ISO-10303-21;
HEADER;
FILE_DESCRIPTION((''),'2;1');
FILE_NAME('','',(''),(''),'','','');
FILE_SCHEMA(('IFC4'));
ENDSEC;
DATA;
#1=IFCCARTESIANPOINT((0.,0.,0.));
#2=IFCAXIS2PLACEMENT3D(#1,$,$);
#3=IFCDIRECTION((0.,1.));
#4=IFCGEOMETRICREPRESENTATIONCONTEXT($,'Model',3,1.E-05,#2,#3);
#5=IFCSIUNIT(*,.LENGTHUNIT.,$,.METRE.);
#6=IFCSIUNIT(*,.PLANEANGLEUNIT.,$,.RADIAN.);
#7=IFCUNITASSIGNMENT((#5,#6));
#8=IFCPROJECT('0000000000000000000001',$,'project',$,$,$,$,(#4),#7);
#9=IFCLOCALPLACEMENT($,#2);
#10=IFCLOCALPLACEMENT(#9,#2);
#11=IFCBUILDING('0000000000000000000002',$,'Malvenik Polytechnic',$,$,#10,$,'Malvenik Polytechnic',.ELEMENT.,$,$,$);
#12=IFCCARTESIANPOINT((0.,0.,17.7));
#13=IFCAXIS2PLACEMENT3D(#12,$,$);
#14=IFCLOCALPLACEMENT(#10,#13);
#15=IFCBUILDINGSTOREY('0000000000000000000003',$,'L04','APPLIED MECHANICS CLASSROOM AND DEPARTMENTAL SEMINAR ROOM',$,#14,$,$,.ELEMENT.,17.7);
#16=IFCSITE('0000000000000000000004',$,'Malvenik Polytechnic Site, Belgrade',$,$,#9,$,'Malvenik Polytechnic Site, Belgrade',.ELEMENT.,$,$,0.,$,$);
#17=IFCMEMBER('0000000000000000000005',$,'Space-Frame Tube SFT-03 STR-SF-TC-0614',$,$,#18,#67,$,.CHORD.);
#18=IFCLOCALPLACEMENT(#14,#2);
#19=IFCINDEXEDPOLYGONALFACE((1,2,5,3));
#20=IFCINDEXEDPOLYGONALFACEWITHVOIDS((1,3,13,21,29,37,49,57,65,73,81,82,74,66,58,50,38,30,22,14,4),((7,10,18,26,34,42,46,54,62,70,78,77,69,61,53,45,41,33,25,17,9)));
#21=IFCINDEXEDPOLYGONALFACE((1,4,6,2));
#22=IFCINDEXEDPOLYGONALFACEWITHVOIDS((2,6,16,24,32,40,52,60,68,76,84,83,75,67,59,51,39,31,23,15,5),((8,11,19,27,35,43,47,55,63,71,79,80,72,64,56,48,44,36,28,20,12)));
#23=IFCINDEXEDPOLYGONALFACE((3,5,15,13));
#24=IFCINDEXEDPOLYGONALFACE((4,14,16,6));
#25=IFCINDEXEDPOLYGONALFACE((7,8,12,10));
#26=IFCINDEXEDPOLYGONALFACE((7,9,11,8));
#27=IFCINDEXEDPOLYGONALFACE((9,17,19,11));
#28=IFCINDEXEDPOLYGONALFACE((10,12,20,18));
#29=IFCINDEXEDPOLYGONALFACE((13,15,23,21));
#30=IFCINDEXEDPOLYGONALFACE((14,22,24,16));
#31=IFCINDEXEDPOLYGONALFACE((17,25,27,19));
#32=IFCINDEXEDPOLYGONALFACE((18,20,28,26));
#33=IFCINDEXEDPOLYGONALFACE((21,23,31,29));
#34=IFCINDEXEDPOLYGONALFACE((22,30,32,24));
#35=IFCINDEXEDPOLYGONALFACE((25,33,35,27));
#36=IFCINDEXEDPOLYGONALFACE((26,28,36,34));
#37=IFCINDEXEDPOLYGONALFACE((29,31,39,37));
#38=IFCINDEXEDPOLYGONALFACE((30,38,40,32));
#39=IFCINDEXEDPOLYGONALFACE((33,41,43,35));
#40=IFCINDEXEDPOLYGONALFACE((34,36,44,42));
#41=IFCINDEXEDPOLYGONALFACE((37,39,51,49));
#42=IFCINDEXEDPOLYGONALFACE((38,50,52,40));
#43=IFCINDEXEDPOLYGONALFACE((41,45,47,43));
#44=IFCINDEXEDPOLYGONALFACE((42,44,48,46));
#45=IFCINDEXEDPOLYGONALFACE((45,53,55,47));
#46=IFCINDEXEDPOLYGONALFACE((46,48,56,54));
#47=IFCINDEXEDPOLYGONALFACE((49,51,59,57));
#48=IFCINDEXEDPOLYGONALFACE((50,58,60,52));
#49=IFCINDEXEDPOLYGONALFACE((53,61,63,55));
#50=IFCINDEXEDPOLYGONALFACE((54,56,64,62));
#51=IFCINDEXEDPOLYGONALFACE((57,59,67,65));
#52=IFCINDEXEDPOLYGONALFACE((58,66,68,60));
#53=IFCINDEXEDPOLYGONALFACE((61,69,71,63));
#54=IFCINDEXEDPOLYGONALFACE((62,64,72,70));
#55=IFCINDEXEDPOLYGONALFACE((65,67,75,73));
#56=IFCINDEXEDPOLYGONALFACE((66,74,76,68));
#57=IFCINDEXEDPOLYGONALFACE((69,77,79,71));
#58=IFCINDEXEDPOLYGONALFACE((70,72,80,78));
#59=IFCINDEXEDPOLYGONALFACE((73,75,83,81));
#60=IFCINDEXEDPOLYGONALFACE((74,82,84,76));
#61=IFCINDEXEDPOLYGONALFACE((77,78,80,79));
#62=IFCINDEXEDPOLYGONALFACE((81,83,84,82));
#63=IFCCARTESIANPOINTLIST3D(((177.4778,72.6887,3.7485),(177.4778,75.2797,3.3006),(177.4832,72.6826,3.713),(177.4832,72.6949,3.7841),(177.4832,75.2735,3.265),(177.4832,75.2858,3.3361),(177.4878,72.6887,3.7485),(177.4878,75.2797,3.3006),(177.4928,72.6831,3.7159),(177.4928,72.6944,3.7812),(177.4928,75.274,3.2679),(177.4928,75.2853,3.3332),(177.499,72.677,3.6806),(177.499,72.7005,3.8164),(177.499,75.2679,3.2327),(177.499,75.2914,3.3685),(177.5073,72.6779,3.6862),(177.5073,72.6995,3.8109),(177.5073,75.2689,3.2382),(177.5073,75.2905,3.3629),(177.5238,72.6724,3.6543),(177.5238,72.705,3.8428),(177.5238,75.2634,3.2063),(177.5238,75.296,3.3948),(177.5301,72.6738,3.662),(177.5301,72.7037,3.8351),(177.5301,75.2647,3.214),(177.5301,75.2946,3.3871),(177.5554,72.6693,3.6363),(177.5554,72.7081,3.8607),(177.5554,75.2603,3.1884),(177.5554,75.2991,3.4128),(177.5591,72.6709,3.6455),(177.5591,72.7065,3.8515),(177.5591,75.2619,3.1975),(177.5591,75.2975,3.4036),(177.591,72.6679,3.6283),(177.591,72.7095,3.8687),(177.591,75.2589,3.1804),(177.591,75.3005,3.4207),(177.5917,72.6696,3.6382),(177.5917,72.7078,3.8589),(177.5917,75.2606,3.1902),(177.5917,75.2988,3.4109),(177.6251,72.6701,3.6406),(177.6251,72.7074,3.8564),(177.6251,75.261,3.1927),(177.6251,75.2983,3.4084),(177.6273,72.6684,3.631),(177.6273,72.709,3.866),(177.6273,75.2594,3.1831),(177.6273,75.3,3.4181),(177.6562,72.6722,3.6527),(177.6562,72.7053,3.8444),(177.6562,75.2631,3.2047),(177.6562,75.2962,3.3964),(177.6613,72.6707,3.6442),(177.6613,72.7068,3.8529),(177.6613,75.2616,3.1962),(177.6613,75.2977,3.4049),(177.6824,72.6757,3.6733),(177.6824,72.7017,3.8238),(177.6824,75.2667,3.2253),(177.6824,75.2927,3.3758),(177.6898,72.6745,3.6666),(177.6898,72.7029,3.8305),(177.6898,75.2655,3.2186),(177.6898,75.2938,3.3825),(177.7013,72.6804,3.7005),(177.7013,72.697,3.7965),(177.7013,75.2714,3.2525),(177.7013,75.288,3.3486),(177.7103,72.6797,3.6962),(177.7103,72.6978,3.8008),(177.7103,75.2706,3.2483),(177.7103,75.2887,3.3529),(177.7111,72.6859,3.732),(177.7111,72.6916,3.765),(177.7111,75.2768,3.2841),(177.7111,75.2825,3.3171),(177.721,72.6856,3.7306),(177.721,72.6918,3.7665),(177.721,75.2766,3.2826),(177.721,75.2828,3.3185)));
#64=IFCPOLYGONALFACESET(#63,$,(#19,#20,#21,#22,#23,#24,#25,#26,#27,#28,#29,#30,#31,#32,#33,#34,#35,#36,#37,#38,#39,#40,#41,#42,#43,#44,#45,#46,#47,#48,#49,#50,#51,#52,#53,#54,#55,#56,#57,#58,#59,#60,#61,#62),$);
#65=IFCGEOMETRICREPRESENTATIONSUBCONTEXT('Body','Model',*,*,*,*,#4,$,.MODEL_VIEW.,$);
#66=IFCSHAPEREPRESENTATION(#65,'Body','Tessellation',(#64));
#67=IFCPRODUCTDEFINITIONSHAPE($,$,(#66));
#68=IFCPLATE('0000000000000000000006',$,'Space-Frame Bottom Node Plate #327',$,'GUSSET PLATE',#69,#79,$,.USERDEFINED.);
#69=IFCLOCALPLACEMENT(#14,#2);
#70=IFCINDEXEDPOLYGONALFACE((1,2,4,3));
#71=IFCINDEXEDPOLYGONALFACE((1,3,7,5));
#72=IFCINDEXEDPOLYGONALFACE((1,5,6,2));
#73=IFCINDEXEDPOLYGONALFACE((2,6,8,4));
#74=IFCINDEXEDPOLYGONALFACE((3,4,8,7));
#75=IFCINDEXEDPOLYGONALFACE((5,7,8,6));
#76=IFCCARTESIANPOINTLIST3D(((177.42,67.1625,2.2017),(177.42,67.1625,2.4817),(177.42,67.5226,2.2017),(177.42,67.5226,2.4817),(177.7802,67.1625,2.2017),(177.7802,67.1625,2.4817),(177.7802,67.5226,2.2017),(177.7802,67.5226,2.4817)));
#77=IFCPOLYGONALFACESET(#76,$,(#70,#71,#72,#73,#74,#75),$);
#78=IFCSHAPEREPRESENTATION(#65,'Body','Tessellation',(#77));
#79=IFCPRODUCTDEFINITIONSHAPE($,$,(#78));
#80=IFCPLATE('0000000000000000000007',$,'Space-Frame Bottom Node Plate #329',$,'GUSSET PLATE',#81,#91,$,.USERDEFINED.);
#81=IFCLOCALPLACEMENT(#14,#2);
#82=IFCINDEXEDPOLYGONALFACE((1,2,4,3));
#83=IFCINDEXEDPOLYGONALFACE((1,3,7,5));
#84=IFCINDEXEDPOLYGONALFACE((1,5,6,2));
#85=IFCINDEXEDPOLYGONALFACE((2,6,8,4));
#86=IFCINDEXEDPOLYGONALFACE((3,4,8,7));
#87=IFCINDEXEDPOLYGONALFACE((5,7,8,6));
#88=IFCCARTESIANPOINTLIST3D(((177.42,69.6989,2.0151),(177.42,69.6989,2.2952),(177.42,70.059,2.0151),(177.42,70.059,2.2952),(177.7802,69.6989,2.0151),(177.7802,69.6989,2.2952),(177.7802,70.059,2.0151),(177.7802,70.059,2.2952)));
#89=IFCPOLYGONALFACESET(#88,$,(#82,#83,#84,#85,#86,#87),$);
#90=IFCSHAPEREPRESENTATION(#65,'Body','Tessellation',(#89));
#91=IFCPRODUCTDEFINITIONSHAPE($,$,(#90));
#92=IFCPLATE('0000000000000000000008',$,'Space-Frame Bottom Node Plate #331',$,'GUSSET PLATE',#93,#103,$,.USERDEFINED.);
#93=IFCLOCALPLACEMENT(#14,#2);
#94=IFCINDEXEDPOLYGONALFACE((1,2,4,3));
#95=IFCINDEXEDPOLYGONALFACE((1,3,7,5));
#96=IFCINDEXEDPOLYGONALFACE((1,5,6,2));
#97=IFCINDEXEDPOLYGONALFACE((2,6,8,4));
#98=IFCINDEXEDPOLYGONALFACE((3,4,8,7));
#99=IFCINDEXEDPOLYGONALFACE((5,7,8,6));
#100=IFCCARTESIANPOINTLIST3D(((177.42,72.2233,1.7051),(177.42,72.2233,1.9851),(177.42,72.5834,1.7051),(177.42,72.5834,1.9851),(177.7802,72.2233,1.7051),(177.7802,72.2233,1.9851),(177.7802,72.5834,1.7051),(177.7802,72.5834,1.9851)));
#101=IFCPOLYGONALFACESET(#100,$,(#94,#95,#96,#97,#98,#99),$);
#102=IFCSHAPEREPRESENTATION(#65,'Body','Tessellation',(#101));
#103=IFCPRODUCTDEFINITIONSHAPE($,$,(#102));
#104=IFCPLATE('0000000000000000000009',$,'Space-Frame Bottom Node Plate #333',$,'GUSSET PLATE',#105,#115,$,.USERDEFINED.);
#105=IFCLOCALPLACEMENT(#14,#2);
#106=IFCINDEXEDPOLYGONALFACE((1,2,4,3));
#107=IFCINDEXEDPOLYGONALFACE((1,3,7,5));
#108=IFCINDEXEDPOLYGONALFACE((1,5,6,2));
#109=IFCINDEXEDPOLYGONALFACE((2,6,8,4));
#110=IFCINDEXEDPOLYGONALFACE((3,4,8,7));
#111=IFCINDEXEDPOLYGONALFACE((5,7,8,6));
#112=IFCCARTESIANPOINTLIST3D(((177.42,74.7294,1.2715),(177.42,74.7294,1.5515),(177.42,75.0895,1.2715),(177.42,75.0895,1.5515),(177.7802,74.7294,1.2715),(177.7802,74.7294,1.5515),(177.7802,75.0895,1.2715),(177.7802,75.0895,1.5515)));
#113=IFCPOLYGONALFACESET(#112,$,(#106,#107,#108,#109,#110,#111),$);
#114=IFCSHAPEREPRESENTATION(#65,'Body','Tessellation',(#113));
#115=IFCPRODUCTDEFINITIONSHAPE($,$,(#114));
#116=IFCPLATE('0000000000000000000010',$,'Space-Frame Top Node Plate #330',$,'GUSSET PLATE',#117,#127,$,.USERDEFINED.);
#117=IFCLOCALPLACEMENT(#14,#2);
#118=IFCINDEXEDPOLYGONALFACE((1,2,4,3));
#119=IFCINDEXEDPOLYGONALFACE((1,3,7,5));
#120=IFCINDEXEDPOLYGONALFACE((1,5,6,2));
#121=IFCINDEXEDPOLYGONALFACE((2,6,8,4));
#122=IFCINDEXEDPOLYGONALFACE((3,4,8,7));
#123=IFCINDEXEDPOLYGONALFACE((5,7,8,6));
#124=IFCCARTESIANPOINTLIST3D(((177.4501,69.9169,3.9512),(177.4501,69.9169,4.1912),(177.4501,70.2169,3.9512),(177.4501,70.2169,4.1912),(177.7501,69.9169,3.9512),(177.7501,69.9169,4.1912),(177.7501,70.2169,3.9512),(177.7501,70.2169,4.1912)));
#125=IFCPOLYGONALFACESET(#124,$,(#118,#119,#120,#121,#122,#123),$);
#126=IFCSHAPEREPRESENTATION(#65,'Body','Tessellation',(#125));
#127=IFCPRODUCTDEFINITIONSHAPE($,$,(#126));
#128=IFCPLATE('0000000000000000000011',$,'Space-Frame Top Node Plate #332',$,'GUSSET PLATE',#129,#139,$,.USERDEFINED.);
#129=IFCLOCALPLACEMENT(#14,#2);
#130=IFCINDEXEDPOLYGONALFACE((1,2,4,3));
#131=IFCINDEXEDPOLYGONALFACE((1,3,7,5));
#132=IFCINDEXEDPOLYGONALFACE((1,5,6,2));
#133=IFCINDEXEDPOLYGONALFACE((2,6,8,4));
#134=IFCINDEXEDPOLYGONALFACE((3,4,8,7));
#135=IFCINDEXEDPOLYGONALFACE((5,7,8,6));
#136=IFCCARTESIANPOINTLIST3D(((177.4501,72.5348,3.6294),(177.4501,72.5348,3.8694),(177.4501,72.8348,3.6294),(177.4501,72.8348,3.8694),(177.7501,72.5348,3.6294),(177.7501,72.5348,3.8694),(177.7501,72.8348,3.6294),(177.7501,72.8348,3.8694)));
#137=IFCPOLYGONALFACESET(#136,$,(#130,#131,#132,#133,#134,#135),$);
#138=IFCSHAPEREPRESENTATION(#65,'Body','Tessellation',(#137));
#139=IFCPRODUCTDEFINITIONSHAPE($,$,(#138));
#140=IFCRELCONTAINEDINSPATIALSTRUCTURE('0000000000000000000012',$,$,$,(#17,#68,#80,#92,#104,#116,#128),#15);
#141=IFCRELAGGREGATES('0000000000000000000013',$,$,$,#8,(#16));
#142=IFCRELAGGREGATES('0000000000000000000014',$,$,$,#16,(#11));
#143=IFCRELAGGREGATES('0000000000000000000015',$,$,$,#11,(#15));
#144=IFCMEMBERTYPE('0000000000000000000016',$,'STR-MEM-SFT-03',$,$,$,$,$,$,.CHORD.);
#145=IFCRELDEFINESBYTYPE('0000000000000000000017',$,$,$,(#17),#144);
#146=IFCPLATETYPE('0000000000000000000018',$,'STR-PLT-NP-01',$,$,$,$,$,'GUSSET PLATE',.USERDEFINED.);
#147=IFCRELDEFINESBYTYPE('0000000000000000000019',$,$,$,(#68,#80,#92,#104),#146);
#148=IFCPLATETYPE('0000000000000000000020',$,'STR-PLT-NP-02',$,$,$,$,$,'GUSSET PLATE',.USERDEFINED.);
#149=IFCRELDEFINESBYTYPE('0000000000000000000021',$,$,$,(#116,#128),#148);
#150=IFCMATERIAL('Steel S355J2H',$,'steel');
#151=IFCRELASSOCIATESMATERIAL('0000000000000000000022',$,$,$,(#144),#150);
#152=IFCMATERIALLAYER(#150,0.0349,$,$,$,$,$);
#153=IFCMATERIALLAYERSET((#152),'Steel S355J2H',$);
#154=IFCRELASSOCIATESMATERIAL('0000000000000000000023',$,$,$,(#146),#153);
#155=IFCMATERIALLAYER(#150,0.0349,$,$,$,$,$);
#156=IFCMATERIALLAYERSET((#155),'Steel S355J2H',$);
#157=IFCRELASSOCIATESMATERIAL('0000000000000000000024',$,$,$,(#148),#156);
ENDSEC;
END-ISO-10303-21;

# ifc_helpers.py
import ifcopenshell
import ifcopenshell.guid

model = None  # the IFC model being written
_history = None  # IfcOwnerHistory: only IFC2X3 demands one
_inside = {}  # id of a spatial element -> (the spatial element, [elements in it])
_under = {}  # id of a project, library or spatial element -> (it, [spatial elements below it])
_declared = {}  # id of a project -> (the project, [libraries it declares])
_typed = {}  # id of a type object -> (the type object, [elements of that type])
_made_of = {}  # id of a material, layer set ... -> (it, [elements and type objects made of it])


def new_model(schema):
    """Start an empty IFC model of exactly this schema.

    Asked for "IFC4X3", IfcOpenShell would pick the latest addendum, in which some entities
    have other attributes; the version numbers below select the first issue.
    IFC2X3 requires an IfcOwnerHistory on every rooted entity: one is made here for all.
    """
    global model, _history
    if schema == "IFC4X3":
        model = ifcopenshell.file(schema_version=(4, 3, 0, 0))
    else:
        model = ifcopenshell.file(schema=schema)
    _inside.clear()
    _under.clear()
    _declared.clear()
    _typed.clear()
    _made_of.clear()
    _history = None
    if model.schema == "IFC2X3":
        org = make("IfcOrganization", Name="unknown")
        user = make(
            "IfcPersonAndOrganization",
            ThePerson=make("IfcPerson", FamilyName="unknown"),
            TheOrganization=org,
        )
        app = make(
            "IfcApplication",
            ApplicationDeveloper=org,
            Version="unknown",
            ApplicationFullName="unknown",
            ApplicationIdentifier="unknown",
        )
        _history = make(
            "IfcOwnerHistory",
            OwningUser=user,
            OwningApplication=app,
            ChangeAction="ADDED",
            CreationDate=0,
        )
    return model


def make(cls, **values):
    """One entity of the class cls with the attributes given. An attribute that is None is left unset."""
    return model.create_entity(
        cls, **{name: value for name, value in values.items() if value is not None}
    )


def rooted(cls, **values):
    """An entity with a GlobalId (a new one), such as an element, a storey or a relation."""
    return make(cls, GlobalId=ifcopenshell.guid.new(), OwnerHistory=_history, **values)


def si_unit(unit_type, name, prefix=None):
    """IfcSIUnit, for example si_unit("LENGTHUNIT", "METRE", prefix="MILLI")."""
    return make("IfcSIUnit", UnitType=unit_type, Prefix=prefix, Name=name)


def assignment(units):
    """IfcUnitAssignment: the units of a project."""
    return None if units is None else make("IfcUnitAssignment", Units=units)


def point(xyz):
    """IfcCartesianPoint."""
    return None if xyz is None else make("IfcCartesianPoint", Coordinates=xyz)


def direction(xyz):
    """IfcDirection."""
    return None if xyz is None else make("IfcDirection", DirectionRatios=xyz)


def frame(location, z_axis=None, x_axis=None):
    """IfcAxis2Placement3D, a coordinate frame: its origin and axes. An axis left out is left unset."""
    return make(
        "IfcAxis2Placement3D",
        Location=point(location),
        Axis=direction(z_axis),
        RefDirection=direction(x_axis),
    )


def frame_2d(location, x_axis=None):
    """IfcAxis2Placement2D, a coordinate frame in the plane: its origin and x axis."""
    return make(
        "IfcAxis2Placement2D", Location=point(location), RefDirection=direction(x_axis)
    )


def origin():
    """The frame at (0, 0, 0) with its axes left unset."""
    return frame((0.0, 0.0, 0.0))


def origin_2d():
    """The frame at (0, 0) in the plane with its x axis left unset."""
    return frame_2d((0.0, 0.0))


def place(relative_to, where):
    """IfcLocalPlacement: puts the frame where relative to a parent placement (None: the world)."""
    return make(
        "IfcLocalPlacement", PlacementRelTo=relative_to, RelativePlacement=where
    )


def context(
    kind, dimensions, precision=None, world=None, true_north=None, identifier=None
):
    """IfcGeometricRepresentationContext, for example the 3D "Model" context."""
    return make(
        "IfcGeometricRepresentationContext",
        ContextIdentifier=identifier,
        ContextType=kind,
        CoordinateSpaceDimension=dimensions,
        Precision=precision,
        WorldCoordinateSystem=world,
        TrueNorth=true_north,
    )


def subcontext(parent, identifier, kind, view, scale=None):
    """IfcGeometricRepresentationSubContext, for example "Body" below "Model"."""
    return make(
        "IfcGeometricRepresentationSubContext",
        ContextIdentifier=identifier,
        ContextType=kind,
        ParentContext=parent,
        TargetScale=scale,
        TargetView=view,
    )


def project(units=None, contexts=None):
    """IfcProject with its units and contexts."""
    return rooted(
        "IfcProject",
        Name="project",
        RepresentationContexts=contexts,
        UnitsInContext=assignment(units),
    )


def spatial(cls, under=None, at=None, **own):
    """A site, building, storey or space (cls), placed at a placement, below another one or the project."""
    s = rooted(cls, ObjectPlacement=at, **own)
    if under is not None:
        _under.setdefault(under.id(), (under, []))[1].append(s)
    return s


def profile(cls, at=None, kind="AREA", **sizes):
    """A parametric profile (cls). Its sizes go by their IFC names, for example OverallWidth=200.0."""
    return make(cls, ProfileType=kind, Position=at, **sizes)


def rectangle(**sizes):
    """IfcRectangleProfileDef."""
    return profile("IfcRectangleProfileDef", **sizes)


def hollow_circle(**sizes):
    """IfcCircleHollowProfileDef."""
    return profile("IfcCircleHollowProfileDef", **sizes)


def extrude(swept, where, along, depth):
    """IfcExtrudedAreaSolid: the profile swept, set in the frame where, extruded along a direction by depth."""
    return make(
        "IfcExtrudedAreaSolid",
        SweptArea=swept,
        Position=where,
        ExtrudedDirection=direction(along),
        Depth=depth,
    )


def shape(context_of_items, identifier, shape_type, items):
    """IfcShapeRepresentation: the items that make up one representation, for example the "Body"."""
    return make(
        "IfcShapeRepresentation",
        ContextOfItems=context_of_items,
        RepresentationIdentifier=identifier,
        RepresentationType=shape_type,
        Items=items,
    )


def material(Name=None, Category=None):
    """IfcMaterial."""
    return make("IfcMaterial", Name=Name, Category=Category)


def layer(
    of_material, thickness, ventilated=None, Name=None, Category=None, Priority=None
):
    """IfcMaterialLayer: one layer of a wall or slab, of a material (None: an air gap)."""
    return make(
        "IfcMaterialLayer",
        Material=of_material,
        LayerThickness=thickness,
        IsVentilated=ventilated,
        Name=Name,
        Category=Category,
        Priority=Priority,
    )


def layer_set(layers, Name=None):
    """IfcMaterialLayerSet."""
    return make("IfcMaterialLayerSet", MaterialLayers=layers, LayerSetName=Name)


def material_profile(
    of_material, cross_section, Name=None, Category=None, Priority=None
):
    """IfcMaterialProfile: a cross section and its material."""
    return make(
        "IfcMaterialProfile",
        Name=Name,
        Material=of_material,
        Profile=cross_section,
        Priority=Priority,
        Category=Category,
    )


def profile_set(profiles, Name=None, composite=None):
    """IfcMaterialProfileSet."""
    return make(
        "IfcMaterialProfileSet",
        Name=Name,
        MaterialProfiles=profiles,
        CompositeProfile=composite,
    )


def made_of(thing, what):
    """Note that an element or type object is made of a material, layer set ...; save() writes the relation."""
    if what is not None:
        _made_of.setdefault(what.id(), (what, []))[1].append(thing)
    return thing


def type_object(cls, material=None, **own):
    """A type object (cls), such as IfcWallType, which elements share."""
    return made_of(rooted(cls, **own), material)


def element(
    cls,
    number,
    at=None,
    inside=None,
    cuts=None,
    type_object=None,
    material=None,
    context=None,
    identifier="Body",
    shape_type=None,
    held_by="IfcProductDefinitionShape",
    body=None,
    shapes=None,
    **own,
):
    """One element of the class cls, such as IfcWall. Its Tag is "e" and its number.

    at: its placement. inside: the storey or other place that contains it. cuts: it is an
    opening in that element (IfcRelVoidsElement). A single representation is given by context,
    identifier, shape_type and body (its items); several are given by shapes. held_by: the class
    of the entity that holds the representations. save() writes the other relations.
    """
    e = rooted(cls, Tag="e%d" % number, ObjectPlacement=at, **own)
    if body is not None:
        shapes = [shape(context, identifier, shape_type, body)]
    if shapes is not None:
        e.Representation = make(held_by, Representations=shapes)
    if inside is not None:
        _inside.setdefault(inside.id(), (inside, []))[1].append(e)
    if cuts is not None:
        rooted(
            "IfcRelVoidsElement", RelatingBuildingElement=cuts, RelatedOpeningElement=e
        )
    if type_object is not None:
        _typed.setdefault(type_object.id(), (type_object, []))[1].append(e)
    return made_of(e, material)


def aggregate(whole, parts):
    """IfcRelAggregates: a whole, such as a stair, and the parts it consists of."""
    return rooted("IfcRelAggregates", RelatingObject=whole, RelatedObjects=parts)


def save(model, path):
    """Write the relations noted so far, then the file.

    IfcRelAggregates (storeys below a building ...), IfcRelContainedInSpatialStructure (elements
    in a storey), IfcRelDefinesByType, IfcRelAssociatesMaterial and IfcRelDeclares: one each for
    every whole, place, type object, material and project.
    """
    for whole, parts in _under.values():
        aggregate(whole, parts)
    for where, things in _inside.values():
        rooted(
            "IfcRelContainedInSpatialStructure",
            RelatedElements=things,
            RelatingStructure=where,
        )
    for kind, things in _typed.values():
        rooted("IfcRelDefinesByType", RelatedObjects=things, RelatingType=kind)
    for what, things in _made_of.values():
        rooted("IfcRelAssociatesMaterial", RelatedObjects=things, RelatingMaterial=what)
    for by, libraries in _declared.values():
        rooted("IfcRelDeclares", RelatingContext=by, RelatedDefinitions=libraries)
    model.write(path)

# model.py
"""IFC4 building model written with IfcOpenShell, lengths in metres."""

from ifc_helpers import new_model, si_unit, direction, frame, origin, origin_2d, place, context, subcontext, project, spatial, rectangle, hollow_circle, extrude, material, layer, layer_set, material_profile, profile_set, type_object, element, save


model = new_model("IFC4")

# Units and contexts
model_context = context("Model", 3, precision=1e-05, world=origin(), true_north=direction((0.0, 1.0)))
body_context = subcontext(model_context, "Body", "Model", "MODEL_VIEW")
ifc_project = project(units=[si_unit("LENGTHUNIT", "METRE"), si_unit("PLANEANGLEUNIT", "RADIAN")], contexts=[model_context])

# Site, building, storey
site_placement = place(None, origin())
site = spatial("IfcSite", under=ifc_project, at=site_placement, Name="Malvenik Polytechnic Site, Belgrade", LongName="Malvenik Polytechnic Site, Belgrade", CompositionType="ELEMENT", RefElevation=0.0)
building_placement = place(site_placement, origin())
building = spatial("IfcBuilding", under=site, at=building_placement, Name="Malvenik Polytechnic", LongName="Malvenik Polytechnic", CompositionType="ELEMENT")
storey_placement = place(building_placement, frame((0.0, 0.0, 17.7)))
storey = spatial("IfcBuildingStorey", under=building, at=storey_placement, Name="L04", Description="APPLIED MECHANICS CLASSROOM AND DEPARTMENTAL SEMINAR ROOM", CompositionType="ELEMENT", Elevation=17.7)

# Member
ifc_material_1 = material(Name="Steel S355J2H", Category="steel")
ifc_material_profile_1 = material_profile(ifc_material_1, hollow_circle(Radius=0.1223, WallThickness=0.01, at=origin_2d()), Name="CHS 244.5x10.0")
ifc_profile_set_1 = profile_set([ifc_material_profile_1], Name="Steel S355J2H")
member_type_1 = type_object("IfcMemberType", Name="STR-MEM-SFT-03", PredefinedType="CHORD", material=ifc_profile_set_1)
for number, where, z_axis, x_axis, name in (
    (1, (177.6001, 72.6887, 3.7485), (0.0, 0.98538, -0.170373), (-1.0, 0.0, 0.0), "Space-Frame Tube SFT-03 STR-SF-TC-0614"),
):
    element("IfcMember", number, at=place(storey_placement, frame(where, z_axis=z_axis, x_axis=x_axis)), inside=storey, type_object=member_type_1, Name=name, PredefinedType="CHORD", context=body_context, shape_type="SweptSolid", body=[
        extrude(hollow_circle(Radius=0.1223, WallThickness=0.01, at=origin_2d()), origin(), (0.0, 0.0, 1.0), 2.6294),
    ])

# Plates
ifc_layer_1 = layer(ifc_material_1, 0.0349)
ifc_layer_set_1 = layer_set([ifc_layer_1], Name="Steel S355J2H")
plate_type_1 = type_object("IfcPlateType", Name="STR-PLT-NP-01", ElementType="GUSSET PLATE", PredefinedType="USERDEFINED", material=ifc_layer_set_1)
for number, where, z_axis, x_axis, name in (
    (2, (177.6001, 67.3425, 2.2017), (0.0, 0.0, 1.0), (1.0, 0.0, 0.0), "Space-Frame Bottom Node Plate #327"),
    (3, (177.6001, 69.8789, 2.0151), (0.0, 0.0, 1.0), (1.0, 0.0, 0.0), "Space-Frame Bottom Node Plate #329"),
    (4, (177.6001, 72.4033, 1.7051), (0.0, 0.0, 1.0), (1.0, 0.0, 0.0), "Space-Frame Bottom Node Plate #331"),
    (5, (177.6001, 74.9094, 1.2715), (0.0, 0.0, 1.0), (1.0, 0.0, 0.0), "Space-Frame Bottom Node Plate #333"),
):
    element("IfcPlate", number, at=place(storey_placement, frame(where, z_axis=z_axis, x_axis=x_axis)), inside=storey, type_object=plate_type_1, Name=name, ObjectType="GUSSET PLATE", PredefinedType="USERDEFINED", context=body_context, shape_type="SweptSolid", body=[
        extrude(rectangle(XDim=0.3601, YDim=0.3601, at=origin_2d()), origin(), (0.0, 0.0, 1.0), 0.28),
    ])
ifc_layer_2 = layer(ifc_material_1, 0.0349)
ifc_layer_set_2 = layer_set([ifc_layer_2], Name="Steel S355J2H")
plate_type_2 = type_object("IfcPlateType", Name="STR-PLT-NP-02", ElementType="GUSSET PLATE", PredefinedType="USERDEFINED", material=ifc_layer_set_2)
for number, where, z_axis, x_axis, name in (
    (6, (177.6001, 70.0669, 3.9512), (0.0, 0.0, 1.0), (1.0, 0.0, 0.0), "Space-Frame Top Node Plate #330"),
    (7, (177.6001, 72.6848, 3.6294), (0.0, 0.0, 1.0), (1.0, 0.0, 0.0), "Space-Frame Top Node Plate #332"),
):
    element("IfcPlate", number, at=place(storey_placement, frame(where, z_axis=z_axis, x_axis=x_axis)), inside=storey, type_object=plate_type_2, Name=name, ObjectType="GUSSET PLATE", PredefinedType="USERDEFINED", context=body_context, shape_type="SweptSolid", body=[
        extrude(rectangle(XDim=0.3, YDim=0.3, at=origin_2d()), origin(), (0.0, 0.0, 1.0), 0.24),
    ])

save(model, "model.ifc")
